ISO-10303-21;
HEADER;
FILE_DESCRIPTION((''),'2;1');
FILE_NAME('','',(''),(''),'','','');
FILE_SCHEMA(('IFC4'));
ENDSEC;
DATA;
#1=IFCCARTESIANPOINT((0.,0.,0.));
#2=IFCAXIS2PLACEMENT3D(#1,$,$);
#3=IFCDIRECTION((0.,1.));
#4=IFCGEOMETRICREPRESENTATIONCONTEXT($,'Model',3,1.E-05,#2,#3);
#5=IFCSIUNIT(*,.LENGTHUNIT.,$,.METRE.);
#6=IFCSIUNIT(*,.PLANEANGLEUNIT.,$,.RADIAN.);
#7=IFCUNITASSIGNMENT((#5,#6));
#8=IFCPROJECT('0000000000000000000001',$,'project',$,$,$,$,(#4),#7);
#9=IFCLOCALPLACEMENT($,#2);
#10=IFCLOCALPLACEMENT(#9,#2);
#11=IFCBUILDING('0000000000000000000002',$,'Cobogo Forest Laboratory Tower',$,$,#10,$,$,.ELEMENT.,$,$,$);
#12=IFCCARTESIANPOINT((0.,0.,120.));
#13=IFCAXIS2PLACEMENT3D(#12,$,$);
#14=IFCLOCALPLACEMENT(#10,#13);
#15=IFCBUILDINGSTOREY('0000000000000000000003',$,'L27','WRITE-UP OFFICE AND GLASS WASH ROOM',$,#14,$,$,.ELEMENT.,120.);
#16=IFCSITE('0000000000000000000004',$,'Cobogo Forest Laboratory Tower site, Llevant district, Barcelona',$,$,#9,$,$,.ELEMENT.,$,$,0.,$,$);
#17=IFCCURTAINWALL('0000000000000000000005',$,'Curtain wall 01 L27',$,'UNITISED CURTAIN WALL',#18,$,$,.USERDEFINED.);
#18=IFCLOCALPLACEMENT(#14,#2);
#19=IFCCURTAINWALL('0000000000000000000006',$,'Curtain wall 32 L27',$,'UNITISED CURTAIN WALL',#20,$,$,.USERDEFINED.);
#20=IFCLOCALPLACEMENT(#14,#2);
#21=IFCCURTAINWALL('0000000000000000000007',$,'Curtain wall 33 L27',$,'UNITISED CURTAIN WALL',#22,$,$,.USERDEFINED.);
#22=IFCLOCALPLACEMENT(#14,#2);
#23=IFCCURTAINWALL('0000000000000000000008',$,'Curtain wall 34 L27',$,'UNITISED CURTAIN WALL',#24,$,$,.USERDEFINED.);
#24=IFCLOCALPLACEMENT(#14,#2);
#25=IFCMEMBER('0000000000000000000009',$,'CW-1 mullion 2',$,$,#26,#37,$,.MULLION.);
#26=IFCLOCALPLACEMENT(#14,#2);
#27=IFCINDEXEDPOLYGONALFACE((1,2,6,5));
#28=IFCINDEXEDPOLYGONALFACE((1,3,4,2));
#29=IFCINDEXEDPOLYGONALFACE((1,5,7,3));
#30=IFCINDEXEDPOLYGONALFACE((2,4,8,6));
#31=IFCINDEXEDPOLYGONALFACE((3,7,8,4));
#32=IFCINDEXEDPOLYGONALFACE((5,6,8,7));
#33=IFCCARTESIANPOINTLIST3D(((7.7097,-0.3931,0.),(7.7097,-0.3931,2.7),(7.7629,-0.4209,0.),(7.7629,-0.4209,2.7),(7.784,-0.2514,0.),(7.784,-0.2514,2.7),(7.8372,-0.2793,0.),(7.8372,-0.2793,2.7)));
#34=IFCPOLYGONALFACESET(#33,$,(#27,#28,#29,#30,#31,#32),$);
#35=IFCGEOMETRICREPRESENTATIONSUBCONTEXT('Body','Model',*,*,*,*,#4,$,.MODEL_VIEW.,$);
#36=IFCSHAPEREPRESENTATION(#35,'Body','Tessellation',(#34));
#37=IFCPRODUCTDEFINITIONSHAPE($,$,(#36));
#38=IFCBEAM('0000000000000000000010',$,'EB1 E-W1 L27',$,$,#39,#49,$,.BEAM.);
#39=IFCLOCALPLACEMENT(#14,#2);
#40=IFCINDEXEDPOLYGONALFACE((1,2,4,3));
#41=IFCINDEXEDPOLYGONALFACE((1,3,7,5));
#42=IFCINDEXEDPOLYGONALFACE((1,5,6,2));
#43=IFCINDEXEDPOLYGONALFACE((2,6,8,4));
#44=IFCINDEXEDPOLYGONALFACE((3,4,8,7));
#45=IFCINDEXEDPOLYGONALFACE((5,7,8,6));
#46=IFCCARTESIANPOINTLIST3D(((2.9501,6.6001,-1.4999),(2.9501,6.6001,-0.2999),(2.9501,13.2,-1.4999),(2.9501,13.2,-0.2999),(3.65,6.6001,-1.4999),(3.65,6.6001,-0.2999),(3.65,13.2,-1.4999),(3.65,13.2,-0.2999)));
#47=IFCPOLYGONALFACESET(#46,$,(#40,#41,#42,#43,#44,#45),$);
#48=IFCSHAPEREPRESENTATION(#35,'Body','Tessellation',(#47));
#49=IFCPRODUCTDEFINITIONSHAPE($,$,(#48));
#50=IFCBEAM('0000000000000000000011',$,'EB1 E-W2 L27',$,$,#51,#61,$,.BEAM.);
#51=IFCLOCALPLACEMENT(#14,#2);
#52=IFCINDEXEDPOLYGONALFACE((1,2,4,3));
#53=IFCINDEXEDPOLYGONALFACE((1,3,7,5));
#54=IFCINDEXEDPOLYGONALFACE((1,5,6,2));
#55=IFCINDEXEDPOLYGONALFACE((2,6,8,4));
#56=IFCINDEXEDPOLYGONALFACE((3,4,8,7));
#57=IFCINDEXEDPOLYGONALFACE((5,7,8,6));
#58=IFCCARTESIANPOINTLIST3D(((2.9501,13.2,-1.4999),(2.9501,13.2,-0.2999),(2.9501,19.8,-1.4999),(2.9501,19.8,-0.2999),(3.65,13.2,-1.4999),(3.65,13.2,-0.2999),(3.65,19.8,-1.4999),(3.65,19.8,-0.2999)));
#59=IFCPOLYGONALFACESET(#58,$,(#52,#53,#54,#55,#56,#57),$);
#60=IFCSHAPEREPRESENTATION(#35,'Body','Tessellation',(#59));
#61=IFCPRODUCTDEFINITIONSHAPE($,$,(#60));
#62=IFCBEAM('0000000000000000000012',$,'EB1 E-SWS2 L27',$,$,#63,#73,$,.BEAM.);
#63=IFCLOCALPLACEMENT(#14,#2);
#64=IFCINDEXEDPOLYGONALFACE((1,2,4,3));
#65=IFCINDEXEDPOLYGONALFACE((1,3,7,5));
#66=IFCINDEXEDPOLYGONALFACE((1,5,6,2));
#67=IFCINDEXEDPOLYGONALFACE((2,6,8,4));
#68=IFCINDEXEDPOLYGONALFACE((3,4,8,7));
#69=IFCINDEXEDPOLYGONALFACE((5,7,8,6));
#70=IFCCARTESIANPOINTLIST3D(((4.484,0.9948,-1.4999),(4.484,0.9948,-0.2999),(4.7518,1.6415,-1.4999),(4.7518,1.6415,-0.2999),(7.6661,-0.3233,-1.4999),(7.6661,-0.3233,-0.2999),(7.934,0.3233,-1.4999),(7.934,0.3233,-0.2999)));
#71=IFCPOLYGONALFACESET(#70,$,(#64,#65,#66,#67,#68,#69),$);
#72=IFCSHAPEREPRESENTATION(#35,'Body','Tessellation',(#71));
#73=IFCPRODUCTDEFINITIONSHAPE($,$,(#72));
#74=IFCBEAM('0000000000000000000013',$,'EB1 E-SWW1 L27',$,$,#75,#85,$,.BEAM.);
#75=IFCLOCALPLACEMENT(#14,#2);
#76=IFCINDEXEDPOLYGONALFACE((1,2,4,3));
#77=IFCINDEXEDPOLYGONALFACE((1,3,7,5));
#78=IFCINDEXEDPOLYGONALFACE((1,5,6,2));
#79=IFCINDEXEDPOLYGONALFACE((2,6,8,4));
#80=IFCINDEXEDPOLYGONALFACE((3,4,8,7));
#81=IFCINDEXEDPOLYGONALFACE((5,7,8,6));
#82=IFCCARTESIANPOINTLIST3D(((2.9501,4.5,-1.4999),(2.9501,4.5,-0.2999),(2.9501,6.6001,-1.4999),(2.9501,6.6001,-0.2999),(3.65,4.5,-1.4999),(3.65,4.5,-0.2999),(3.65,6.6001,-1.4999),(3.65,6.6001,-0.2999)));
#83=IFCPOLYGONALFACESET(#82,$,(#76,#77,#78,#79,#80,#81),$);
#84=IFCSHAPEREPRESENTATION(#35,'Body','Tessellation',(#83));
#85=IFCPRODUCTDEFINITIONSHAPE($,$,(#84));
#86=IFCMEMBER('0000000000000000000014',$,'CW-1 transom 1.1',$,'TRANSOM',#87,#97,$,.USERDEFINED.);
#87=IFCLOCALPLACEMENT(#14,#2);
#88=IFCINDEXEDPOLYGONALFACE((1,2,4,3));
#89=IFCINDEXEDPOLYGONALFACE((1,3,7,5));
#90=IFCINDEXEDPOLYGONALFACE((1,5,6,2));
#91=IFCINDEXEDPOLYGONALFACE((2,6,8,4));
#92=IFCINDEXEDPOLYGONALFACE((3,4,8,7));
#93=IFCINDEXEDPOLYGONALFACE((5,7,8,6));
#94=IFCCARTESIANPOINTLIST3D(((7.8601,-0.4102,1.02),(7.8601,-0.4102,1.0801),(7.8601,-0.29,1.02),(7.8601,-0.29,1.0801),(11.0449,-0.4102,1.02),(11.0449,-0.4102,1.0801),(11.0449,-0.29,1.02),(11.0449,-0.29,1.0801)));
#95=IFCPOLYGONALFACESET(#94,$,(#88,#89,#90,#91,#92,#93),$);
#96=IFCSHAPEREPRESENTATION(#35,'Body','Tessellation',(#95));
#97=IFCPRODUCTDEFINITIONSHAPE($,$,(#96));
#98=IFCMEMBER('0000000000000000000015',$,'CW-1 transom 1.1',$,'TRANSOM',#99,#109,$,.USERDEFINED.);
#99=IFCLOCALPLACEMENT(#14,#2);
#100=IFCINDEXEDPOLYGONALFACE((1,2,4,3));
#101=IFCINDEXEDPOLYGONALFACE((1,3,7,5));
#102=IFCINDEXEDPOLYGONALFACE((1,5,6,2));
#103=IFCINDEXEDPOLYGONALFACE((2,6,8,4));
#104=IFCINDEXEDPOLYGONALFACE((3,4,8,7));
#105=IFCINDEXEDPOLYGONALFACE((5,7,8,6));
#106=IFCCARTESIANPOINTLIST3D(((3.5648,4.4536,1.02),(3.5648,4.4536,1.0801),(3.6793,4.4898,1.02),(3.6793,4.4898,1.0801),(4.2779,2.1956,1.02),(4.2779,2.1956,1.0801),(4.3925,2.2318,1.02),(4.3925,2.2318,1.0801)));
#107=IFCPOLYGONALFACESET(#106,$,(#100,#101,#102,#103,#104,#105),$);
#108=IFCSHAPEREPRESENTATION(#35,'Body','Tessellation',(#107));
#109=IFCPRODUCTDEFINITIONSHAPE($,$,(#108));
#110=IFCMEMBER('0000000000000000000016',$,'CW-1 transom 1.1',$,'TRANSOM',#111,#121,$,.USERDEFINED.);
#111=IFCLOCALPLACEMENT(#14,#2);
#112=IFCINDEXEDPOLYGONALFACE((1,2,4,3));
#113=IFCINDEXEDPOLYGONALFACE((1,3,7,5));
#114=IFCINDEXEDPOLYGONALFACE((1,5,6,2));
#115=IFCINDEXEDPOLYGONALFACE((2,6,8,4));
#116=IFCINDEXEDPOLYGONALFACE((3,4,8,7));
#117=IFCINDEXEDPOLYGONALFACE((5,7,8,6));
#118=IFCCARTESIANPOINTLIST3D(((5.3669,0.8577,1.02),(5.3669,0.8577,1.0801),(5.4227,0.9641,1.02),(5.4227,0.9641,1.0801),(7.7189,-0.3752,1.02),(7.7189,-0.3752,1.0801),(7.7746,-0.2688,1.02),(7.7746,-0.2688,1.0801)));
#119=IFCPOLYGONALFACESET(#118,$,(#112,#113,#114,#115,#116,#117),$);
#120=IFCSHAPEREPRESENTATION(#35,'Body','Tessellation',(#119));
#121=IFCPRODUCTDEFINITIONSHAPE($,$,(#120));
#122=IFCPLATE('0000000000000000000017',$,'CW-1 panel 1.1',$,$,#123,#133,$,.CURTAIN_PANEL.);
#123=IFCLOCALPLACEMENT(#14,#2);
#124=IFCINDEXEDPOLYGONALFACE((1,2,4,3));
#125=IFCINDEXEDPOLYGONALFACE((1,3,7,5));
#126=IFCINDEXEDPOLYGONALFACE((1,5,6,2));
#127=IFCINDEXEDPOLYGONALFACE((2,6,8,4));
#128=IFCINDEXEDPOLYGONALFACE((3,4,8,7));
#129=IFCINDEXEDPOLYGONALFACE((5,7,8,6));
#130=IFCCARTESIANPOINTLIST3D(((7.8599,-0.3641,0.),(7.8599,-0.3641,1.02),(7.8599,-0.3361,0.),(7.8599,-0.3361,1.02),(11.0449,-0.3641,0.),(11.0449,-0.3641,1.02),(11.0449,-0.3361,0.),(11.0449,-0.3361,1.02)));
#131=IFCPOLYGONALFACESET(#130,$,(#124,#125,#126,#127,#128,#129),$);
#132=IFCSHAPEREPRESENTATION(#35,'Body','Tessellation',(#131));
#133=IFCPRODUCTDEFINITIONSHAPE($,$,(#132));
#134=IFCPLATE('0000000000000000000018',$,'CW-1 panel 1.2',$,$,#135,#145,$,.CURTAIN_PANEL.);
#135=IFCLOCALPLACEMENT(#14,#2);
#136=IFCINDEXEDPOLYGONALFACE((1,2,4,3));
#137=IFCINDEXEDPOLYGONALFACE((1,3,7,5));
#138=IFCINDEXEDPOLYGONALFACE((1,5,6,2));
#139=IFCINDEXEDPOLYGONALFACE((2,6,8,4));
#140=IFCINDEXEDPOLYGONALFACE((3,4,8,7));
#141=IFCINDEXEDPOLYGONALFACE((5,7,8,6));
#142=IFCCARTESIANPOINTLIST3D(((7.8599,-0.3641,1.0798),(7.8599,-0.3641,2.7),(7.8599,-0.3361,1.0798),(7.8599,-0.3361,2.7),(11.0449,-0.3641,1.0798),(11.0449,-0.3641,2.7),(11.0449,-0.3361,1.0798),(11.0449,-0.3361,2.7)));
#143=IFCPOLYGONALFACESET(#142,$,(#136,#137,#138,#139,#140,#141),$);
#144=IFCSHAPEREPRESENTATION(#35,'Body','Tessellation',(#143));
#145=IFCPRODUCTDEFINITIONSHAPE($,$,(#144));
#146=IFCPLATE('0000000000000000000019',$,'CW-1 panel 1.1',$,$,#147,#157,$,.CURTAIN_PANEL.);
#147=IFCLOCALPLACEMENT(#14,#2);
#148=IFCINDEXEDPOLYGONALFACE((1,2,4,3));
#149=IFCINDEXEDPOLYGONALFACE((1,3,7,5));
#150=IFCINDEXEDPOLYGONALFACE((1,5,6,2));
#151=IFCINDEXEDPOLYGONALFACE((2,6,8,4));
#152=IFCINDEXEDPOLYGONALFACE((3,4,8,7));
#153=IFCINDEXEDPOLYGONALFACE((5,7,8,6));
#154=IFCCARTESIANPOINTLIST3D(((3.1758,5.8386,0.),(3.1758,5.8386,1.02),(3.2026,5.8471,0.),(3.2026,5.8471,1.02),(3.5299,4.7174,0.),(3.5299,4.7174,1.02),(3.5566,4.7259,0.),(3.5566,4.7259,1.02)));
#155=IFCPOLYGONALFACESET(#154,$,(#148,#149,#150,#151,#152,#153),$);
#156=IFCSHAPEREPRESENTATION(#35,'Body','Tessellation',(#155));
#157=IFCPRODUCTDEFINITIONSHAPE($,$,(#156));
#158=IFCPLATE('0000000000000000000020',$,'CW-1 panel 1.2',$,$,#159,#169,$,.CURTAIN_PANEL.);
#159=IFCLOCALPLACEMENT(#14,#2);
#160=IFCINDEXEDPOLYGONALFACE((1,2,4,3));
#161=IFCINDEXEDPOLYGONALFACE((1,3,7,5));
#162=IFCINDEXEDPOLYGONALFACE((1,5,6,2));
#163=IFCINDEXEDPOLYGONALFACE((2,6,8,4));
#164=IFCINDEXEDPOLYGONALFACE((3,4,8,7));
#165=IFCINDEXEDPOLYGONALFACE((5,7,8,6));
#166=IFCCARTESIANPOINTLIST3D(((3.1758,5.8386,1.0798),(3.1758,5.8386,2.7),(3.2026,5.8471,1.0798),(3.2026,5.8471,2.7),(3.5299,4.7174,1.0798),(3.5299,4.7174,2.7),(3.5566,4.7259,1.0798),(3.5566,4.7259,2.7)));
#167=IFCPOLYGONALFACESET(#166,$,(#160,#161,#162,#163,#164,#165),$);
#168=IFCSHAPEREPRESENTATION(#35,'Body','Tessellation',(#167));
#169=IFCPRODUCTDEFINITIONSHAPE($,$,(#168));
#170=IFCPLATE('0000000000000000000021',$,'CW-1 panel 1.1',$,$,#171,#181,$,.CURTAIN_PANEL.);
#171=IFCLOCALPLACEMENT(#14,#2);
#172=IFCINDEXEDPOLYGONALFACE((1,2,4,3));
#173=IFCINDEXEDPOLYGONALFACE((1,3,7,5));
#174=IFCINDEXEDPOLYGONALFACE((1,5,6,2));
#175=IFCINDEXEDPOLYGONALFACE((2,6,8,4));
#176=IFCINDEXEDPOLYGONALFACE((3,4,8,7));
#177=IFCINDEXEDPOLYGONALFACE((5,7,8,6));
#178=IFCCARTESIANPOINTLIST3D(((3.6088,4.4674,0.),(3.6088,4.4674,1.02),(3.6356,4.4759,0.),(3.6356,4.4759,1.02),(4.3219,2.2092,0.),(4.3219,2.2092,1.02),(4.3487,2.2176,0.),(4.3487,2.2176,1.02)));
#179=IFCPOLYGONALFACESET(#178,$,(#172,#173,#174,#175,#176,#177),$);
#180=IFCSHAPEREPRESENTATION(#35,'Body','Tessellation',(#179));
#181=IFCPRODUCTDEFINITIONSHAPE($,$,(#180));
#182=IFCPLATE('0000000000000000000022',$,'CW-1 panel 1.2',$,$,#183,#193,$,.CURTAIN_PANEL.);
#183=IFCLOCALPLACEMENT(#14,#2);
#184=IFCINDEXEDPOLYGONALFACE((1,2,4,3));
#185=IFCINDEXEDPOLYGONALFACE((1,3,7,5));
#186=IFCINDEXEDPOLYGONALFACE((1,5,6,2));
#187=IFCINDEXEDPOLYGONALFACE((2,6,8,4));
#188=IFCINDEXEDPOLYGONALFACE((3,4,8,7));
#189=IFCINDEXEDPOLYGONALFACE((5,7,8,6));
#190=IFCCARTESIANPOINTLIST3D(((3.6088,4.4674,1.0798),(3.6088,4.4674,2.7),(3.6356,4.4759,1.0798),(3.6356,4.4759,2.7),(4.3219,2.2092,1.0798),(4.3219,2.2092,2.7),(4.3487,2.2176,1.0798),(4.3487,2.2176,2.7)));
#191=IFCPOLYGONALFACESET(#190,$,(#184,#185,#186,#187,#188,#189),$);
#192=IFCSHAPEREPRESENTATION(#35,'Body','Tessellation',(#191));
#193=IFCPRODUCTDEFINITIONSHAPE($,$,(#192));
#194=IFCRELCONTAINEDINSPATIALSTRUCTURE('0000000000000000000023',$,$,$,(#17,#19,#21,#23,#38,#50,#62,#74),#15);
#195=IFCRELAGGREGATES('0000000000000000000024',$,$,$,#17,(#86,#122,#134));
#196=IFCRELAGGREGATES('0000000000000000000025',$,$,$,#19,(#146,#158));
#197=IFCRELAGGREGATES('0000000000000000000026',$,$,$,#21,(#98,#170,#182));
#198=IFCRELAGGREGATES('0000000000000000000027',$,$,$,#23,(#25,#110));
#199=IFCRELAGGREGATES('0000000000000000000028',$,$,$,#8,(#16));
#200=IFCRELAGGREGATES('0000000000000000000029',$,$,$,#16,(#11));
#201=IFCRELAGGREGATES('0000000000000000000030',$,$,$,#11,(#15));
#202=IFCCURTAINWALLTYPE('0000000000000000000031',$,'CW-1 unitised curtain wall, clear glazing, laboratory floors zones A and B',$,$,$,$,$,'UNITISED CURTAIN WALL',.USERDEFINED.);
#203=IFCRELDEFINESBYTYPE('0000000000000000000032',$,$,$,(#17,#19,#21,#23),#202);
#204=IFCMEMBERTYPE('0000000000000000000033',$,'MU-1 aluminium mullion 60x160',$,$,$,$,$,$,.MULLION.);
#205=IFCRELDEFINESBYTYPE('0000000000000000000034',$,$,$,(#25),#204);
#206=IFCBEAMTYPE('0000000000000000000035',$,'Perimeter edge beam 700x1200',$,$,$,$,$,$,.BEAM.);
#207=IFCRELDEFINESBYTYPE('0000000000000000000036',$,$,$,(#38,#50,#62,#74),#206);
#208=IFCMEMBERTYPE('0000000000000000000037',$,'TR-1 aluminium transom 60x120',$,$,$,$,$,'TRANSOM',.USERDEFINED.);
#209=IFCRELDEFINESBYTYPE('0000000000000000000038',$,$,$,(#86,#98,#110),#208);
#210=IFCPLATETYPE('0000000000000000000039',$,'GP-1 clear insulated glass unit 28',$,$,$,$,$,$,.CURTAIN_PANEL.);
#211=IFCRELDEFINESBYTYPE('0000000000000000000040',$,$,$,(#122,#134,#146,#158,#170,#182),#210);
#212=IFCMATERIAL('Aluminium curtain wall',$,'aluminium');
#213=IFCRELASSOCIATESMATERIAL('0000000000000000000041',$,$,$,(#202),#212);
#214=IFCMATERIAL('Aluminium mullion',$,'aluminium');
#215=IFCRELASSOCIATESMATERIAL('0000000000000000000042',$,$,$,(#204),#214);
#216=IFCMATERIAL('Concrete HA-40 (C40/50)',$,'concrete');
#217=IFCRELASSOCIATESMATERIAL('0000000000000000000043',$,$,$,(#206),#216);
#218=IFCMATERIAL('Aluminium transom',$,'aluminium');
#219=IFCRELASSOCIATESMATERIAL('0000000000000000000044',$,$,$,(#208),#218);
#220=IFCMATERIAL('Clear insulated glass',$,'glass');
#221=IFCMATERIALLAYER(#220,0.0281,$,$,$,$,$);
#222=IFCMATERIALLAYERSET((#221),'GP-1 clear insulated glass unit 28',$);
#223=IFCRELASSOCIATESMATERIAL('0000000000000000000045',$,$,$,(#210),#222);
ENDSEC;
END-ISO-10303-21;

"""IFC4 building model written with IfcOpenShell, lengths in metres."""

from ifc_helpers import new_model, si_unit, direction, frame, origin, origin_2d, place, context, subcontext, project, spatial, rectangle, extrude, material, layer, layer_set, material_profile, profile_set, type_object, element, aggregate, save


model = new_model("IFC4")

# Units and contexts
model_context = context("Model", 3, precision=1e-05, world=origin(), true_north=direction((0.0, 1.0)))
body_context = subcontext(model_context, "Body", "Model", "MODEL_VIEW")
ifc_project = project(units=[si_unit("LENGTHUNIT", "METRE"), si_unit("PLANEANGLEUNIT", "RADIAN")], contexts=[model_context])

# Site, building, storey
site_placement = place(None, origin())
site = spatial("IfcSite", under=ifc_project, at=site_placement, Name="Cobogo Forest Laboratory Tower site, Llevant district, Barcelona", CompositionType="ELEMENT", RefElevation=0.0)
building_placement = place(site_placement, origin())
building = spatial("IfcBuilding", under=site, at=building_placement, Name="Cobogo Forest Laboratory Tower", CompositionType="ELEMENT")
storey_placement = place(building_placement, frame((0.0, 0.0, 120.0)))
storey = spatial("IfcBuildingStorey", under=building, at=storey_placement, Name="L27", Description="WRITE-UP OFFICE AND GLASS WASH ROOM", CompositionType="ELEMENT", Elevation=120.0)

# Shared definitions
ifc_material_1 = material(Name="Concrete HA-40 (C40/50)", Category="concrete")

# Curtain walls
ifc_material_2 = material(Name="Aluminium curtain wall", Category="aluminium")
curtain_wall_type = type_object("IfcCurtainWallType", Name="CW-1 unitised curtain wall, clear glazing, laboratory floors zones A and B", ElementType="UNITISED CURTAIN WALL", PredefinedType="USERDEFINED", material=ifc_material_2)
curtain_wall_1_placement = place(storey_placement, origin())
curtain_wall_1 = element("IfcCurtainWall", 1, at=curtain_wall_1_placement, inside=storey, type_object=curtain_wall_type, Name="Curtain wall 01 L27", ObjectType="UNITISED CURTAIN WALL", PredefinedType="USERDEFINED")
ifc_material_3 = material(Name="Aluminium mullion", Category="aluminium")
ifc_material_profile_1 = material_profile(ifc_material_3, rectangle(XDim=0.0601, YDim=0.1599, at=origin_2d()), Name="AL 60x160")
ifc_profile_set_1 = profile_set([ifc_material_profile_1], Name="Aluminium mullion")
member_type_1 = type_object("IfcMemberType", Name="MU-1 aluminium mullion 60x160", PredefinedType="MULLION", material=ifc_profile_set_1)
curtain_wall_2_placement = place(storey_placement, origin())
curtain_wall_2 = element("IfcCurtainWall", 2, at=curtain_wall_2_placement, inside=storey, type_object=curtain_wall_type, Name="Curtain wall 32 L27", ObjectType="UNITISED CURTAIN WALL", PredefinedType="USERDEFINED")

# Curtain walls, member
curtain_wall_3_placement = place(storey_placement, origin())
curtain_wall_3 = element("IfcCurtainWall", 3, at=curtain_wall_3_placement, inside=storey, type_object=curtain_wall_type, Name="Curtain wall 33 L27", ObjectType="UNITISED CURTAIN WALL", PredefinedType="USERDEFINED")
curtain_wall_4_placement = place(storey_placement, origin())
curtain_wall_4 = element("IfcCurtainWall", 4, at=curtain_wall_4_placement, inside=storey, type_object=curtain_wall_type, Name="Curtain wall 34 L27", ObjectType="UNITISED CURTAIN WALL", PredefinedType="USERDEFINED")
member_1_placement = place(storey_placement, frame((7.7734, -0.3362, 0.0), z_axis=(0.0, 0.0, 1.0), x_axis=(0.885687, -0.464284, 0.0)))
member_1 = element("IfcMember", 5, at=member_1_placement, type_object=member_type_1, Name="CW-1 mullion 2", PredefinedType="MULLION", context=body_context, shape_type="SweptSolid", body=[
    extrude(rectangle(XDim=0.0601, YDim=0.1599, at=origin_2d()), origin(), (0.0, 0.0, 1.0), 2.7),
])

# Beams
ifc_material_profile_2 = material_profile(ifc_material_1, rectangle(XDim=0.7, YDim=1.2, at=origin_2d()), Name="RC 700x1200")
ifc_profile_set_2 = profile_set([ifc_material_profile_2], Name="Concrete HA-40 (C40/50)")
beam_type_1 = type_object("IfcBeamType", Name="Perimeter edge beam 700x1200", PredefinedType="BEAM", material=ifc_profile_set_2)
beam_1_placement = place(storey_placement, frame((3.3, 6.6001, -0.8999), z_axis=(0.0, 1.0, 0.0), x_axis=(-1.0, 0.0, 0.0)))
element("IfcBeam", 6, at=beam_1_placement, inside=storey, type_object=beam_type_1, Name="EB1 E-W1 L27", PredefinedType="BEAM", context=body_context, shape_type="SweptSolid", body=[
    extrude(rectangle(XDim=0.7, YDim=1.2, at=origin_2d()), origin(), (0.0, 0.0, 1.0), 6.5999),
])
beam_2_placement = place(storey_placement, frame((3.3, 13.2, -0.8999), z_axis=(0.0, 1.0, 0.0), x_axis=(-1.0, 0.0, 0.0)))
element("IfcBeam", 7, at=beam_2_placement, inside=storey, type_object=beam_type_1, Name="EB1 E-W2 L27", PredefinedType="BEAM", context=body_context, shape_type="SweptSolid", body=[
    extrude(rectangle(XDim=0.7, YDim=1.2, at=origin_2d()), origin(), (0.0, 0.0, 1.0), 6.6001),
])
beam_3_placement = place(storey_placement, frame((7.8, 0.0, -0.8999), z_axis=(-0.923876, 0.382692, 0.0), x_axis=(-0.382692, -0.923876, 0.0)))
element("IfcBeam", 8, at=beam_3_placement, inside=storey, type_object=beam_type_1, Name="EB1 E-SWS2 L27", PredefinedType="BEAM", context=body_context, shape_type="SweptSolid", body=[
    extrude(rectangle(XDim=0.7, YDim=1.2, at=origin_2d()), origin(), (0.0, 0.0, 1.0), 3.4443),
])
beam_4_placement = place(storey_placement, frame((3.3, 6.6001, -0.8999), z_axis=(0.0, -1.0, 0.0), x_axis=(1.0, 0.0, 0.0)))
element("IfcBeam", 9, at=beam_4_placement, inside=storey, type_object=beam_type_1, Name="EB1 E-SWW1 L27", PredefinedType="BEAM", context=body_context, shape_type="SweptSolid", body=[
    extrude(rectangle(XDim=0.7, YDim=1.2, at=origin_2d()), origin(), (0.0, 0.0, 1.0), 2.1001),
])

# Members
ifc_material_4 = material(Name="Aluminium transom", Category="aluminium")
ifc_material_profile_3 = material_profile(ifc_material_4, rectangle(XDim=0.1201, YDim=0.0601, at=origin_2d()), Name="AL 60x120")
ifc_profile_set_3 = profile_set([ifc_material_profile_3], Name="Aluminium transom")
member_type_2 = type_object("IfcMemberType", Name="TR-1 aluminium transom 60x120", ElementType="TRANSOM", PredefinedType="USERDEFINED", material=ifc_profile_set_3)
member_2_placement = place(storey_placement, frame((7.8601, -0.3501, 1.05), z_axis=(1.0, 0.0, 0.0), x_axis=(0.0, 1.0, 0.0)))
member_2 = element("IfcMember", 10, at=member_2_placement, type_object=member_type_2, Name="CW-1 transom 1.1", ObjectType="TRANSOM", PredefinedType="USERDEFINED", context=body_context, shape_type="SweptSolid", body=[
    extrude(rectangle(XDim=0.1201, YDim=0.0601, at=origin_2d()), origin(), (0.0, 0.0, 1.0), 3.1848),
])
member_3_placement = place(storey_placement, frame((3.6221, 4.4717, 1.05), z_axis=(0.301156, -0.953575, 0.0), x_axis=(0.953575, 0.301156, 0.0)))
member_3 = element("IfcMember", 11, at=member_3_placement, type_object=member_type_2, Name="CW-1 transom 1.1", ObjectType="TRANSOM", PredefinedType="USERDEFINED", context=body_context, shape_type="SweptSolid", body=[
    extrude(rectangle(XDim=0.1201, YDim=0.0601, at=origin_2d()), origin(), (0.0, 0.0, 1.0), 2.3679),
])
member_4_placement = place(storey_placement, frame((5.3948, 0.9109, 1.05), z_axis=(0.885695, -0.464268, 0.0), x_axis=(0.464268, 0.885695, 0.0)))
member_4 = element("IfcMember", 12, at=member_4_placement, type_object=member_type_2, Name="CW-1 transom 1.1", ObjectType="TRANSOM", PredefinedType="USERDEFINED", context=body_context, shape_type="SweptSolid", body=[
    extrude(rectangle(XDim=0.1201, YDim=0.0601, at=origin_2d()), origin(), (0.0, 0.0, 1.0), 2.6555),
])

# Plates
ifc_material_5 = material(Name="Clear insulated glass", Category="glass")
ifc_layer = layer(ifc_material_5, 0.0281)
ifc_layer_set = layer_set([ifc_layer], Name="GP-1 clear insulated glass unit 28")
plate_type = type_object("IfcPlateType", Name="GP-1 clear insulated glass unit 28", PredefinedType="CURTAIN_PANEL", material=ifc_layer_set)
plate_1_placement = place(storey_placement, frame((9.4524, -0.3501, 0.0), z_axis=(0.0, 0.0, 1.0), x_axis=(1.0, 0.0, 0.0)))
plate_1 = element("IfcPlate", 13, at=plate_1_placement, type_object=plate_type, Name="CW-1 panel 1.1", PredefinedType="CURTAIN_PANEL", context=body_context, shape_type="SweptSolid", body=[
    extrude(rectangle(XDim=3.1851, YDim=0.0281, at=origin_2d()), origin(), (0.0, 0.0, 1.0), 1.02),
])
plate_2_placement = place(storey_placement, frame((9.4524, -0.3501, 1.0798), z_axis=(0.0, 0.0, 1.0), x_axis=(1.0, 0.0, 0.0)))
plate_2 = element("IfcPlate", 14, at=plate_2_placement, type_object=plate_type, Name="CW-1 panel 1.2", PredefinedType="CURTAIN_PANEL", context=body_context, shape_type="SweptSolid", body=[
    extrude(rectangle(XDim=3.1851, YDim=0.0281, at=origin_2d()), origin(), (0.0, 0.0, 1.0), 1.6201),
])
aggregate(curtain_wall_1, [member_2, plate_1, plate_2])
plate_3_placement = place(storey_placement, frame((3.3662, 5.2822, 0.0), z_axis=(0.0, 0.0, 1.0), x_axis=(0.301135, -0.953581, 0.0)))
plate_3 = element("IfcPlate", 15, at=plate_3_placement, type_object=plate_type, Name="CW-1 panel 1.1", PredefinedType="CURTAIN_PANEL", context=body_context, shape_type="SweptSolid", body=[
    extrude(rectangle(XDim=1.1758, YDim=0.0281, at=origin_2d()), origin(), (0.0, 0.0, 1.0), 1.02),
])
plate_4_placement = place(storey_placement, frame((3.3662, 5.2822, 1.0798), z_axis=(0.0, 0.0, 1.0), x_axis=(0.301135, -0.953581, 0.0)))
plate_4 = element("IfcPlate", 16, at=plate_4_placement, type_object=plate_type, Name="CW-1 panel 1.2", PredefinedType="CURTAIN_PANEL", context=body_context, shape_type="SweptSolid", body=[
    extrude(rectangle(XDim=1.1758, YDim=0.0281, at=origin_2d()), origin(), (0.0, 0.0, 1.0), 1.6201),
])
aggregate(curtain_wall_2, [plate_3, plate_4])
plate_5_placement = place(storey_placement, frame((3.9788, 3.3425, 0.0), z_axis=(0.0, 0.0, 1.0), x_axis=(0.301135, -0.953581, 0.0)))
plate_5 = element("IfcPlate", 17, at=plate_5_placement, type_object=plate_type, Name="CW-1 panel 1.1", PredefinedType="CURTAIN_PANEL", context=body_context, shape_type="SweptSolid", body=[
    extrude(rectangle(XDim=2.3682, YDim=0.0281, at=origin_2d()), origin(), (0.0, 0.0, 1.0), 1.02),
])
plate_6_placement = place(storey_placement, frame((3.9788, 3.3425, 1.0798), z_axis=(0.0, 0.0, 1.0), x_axis=(0.301135, -0.953581, 0.0)))
plate_6 = element("IfcPlate", 18, at=plate_6_placement, type_object=plate_type, Name="CW-1 panel 1.2", PredefinedType="CURTAIN_PANEL", context=body_context, shape_type="SweptSolid", body=[
    extrude(rectangle(XDim=2.3682, YDim=0.0281, at=origin_2d()), origin(), (0.0, 0.0, 1.0), 1.6201),
])
aggregate(curtain_wall_3, [member_3, plate_5, plate_6])
aggregate(curtain_wall_4, [member_1, member_4])

save(model, "model.ifc")
